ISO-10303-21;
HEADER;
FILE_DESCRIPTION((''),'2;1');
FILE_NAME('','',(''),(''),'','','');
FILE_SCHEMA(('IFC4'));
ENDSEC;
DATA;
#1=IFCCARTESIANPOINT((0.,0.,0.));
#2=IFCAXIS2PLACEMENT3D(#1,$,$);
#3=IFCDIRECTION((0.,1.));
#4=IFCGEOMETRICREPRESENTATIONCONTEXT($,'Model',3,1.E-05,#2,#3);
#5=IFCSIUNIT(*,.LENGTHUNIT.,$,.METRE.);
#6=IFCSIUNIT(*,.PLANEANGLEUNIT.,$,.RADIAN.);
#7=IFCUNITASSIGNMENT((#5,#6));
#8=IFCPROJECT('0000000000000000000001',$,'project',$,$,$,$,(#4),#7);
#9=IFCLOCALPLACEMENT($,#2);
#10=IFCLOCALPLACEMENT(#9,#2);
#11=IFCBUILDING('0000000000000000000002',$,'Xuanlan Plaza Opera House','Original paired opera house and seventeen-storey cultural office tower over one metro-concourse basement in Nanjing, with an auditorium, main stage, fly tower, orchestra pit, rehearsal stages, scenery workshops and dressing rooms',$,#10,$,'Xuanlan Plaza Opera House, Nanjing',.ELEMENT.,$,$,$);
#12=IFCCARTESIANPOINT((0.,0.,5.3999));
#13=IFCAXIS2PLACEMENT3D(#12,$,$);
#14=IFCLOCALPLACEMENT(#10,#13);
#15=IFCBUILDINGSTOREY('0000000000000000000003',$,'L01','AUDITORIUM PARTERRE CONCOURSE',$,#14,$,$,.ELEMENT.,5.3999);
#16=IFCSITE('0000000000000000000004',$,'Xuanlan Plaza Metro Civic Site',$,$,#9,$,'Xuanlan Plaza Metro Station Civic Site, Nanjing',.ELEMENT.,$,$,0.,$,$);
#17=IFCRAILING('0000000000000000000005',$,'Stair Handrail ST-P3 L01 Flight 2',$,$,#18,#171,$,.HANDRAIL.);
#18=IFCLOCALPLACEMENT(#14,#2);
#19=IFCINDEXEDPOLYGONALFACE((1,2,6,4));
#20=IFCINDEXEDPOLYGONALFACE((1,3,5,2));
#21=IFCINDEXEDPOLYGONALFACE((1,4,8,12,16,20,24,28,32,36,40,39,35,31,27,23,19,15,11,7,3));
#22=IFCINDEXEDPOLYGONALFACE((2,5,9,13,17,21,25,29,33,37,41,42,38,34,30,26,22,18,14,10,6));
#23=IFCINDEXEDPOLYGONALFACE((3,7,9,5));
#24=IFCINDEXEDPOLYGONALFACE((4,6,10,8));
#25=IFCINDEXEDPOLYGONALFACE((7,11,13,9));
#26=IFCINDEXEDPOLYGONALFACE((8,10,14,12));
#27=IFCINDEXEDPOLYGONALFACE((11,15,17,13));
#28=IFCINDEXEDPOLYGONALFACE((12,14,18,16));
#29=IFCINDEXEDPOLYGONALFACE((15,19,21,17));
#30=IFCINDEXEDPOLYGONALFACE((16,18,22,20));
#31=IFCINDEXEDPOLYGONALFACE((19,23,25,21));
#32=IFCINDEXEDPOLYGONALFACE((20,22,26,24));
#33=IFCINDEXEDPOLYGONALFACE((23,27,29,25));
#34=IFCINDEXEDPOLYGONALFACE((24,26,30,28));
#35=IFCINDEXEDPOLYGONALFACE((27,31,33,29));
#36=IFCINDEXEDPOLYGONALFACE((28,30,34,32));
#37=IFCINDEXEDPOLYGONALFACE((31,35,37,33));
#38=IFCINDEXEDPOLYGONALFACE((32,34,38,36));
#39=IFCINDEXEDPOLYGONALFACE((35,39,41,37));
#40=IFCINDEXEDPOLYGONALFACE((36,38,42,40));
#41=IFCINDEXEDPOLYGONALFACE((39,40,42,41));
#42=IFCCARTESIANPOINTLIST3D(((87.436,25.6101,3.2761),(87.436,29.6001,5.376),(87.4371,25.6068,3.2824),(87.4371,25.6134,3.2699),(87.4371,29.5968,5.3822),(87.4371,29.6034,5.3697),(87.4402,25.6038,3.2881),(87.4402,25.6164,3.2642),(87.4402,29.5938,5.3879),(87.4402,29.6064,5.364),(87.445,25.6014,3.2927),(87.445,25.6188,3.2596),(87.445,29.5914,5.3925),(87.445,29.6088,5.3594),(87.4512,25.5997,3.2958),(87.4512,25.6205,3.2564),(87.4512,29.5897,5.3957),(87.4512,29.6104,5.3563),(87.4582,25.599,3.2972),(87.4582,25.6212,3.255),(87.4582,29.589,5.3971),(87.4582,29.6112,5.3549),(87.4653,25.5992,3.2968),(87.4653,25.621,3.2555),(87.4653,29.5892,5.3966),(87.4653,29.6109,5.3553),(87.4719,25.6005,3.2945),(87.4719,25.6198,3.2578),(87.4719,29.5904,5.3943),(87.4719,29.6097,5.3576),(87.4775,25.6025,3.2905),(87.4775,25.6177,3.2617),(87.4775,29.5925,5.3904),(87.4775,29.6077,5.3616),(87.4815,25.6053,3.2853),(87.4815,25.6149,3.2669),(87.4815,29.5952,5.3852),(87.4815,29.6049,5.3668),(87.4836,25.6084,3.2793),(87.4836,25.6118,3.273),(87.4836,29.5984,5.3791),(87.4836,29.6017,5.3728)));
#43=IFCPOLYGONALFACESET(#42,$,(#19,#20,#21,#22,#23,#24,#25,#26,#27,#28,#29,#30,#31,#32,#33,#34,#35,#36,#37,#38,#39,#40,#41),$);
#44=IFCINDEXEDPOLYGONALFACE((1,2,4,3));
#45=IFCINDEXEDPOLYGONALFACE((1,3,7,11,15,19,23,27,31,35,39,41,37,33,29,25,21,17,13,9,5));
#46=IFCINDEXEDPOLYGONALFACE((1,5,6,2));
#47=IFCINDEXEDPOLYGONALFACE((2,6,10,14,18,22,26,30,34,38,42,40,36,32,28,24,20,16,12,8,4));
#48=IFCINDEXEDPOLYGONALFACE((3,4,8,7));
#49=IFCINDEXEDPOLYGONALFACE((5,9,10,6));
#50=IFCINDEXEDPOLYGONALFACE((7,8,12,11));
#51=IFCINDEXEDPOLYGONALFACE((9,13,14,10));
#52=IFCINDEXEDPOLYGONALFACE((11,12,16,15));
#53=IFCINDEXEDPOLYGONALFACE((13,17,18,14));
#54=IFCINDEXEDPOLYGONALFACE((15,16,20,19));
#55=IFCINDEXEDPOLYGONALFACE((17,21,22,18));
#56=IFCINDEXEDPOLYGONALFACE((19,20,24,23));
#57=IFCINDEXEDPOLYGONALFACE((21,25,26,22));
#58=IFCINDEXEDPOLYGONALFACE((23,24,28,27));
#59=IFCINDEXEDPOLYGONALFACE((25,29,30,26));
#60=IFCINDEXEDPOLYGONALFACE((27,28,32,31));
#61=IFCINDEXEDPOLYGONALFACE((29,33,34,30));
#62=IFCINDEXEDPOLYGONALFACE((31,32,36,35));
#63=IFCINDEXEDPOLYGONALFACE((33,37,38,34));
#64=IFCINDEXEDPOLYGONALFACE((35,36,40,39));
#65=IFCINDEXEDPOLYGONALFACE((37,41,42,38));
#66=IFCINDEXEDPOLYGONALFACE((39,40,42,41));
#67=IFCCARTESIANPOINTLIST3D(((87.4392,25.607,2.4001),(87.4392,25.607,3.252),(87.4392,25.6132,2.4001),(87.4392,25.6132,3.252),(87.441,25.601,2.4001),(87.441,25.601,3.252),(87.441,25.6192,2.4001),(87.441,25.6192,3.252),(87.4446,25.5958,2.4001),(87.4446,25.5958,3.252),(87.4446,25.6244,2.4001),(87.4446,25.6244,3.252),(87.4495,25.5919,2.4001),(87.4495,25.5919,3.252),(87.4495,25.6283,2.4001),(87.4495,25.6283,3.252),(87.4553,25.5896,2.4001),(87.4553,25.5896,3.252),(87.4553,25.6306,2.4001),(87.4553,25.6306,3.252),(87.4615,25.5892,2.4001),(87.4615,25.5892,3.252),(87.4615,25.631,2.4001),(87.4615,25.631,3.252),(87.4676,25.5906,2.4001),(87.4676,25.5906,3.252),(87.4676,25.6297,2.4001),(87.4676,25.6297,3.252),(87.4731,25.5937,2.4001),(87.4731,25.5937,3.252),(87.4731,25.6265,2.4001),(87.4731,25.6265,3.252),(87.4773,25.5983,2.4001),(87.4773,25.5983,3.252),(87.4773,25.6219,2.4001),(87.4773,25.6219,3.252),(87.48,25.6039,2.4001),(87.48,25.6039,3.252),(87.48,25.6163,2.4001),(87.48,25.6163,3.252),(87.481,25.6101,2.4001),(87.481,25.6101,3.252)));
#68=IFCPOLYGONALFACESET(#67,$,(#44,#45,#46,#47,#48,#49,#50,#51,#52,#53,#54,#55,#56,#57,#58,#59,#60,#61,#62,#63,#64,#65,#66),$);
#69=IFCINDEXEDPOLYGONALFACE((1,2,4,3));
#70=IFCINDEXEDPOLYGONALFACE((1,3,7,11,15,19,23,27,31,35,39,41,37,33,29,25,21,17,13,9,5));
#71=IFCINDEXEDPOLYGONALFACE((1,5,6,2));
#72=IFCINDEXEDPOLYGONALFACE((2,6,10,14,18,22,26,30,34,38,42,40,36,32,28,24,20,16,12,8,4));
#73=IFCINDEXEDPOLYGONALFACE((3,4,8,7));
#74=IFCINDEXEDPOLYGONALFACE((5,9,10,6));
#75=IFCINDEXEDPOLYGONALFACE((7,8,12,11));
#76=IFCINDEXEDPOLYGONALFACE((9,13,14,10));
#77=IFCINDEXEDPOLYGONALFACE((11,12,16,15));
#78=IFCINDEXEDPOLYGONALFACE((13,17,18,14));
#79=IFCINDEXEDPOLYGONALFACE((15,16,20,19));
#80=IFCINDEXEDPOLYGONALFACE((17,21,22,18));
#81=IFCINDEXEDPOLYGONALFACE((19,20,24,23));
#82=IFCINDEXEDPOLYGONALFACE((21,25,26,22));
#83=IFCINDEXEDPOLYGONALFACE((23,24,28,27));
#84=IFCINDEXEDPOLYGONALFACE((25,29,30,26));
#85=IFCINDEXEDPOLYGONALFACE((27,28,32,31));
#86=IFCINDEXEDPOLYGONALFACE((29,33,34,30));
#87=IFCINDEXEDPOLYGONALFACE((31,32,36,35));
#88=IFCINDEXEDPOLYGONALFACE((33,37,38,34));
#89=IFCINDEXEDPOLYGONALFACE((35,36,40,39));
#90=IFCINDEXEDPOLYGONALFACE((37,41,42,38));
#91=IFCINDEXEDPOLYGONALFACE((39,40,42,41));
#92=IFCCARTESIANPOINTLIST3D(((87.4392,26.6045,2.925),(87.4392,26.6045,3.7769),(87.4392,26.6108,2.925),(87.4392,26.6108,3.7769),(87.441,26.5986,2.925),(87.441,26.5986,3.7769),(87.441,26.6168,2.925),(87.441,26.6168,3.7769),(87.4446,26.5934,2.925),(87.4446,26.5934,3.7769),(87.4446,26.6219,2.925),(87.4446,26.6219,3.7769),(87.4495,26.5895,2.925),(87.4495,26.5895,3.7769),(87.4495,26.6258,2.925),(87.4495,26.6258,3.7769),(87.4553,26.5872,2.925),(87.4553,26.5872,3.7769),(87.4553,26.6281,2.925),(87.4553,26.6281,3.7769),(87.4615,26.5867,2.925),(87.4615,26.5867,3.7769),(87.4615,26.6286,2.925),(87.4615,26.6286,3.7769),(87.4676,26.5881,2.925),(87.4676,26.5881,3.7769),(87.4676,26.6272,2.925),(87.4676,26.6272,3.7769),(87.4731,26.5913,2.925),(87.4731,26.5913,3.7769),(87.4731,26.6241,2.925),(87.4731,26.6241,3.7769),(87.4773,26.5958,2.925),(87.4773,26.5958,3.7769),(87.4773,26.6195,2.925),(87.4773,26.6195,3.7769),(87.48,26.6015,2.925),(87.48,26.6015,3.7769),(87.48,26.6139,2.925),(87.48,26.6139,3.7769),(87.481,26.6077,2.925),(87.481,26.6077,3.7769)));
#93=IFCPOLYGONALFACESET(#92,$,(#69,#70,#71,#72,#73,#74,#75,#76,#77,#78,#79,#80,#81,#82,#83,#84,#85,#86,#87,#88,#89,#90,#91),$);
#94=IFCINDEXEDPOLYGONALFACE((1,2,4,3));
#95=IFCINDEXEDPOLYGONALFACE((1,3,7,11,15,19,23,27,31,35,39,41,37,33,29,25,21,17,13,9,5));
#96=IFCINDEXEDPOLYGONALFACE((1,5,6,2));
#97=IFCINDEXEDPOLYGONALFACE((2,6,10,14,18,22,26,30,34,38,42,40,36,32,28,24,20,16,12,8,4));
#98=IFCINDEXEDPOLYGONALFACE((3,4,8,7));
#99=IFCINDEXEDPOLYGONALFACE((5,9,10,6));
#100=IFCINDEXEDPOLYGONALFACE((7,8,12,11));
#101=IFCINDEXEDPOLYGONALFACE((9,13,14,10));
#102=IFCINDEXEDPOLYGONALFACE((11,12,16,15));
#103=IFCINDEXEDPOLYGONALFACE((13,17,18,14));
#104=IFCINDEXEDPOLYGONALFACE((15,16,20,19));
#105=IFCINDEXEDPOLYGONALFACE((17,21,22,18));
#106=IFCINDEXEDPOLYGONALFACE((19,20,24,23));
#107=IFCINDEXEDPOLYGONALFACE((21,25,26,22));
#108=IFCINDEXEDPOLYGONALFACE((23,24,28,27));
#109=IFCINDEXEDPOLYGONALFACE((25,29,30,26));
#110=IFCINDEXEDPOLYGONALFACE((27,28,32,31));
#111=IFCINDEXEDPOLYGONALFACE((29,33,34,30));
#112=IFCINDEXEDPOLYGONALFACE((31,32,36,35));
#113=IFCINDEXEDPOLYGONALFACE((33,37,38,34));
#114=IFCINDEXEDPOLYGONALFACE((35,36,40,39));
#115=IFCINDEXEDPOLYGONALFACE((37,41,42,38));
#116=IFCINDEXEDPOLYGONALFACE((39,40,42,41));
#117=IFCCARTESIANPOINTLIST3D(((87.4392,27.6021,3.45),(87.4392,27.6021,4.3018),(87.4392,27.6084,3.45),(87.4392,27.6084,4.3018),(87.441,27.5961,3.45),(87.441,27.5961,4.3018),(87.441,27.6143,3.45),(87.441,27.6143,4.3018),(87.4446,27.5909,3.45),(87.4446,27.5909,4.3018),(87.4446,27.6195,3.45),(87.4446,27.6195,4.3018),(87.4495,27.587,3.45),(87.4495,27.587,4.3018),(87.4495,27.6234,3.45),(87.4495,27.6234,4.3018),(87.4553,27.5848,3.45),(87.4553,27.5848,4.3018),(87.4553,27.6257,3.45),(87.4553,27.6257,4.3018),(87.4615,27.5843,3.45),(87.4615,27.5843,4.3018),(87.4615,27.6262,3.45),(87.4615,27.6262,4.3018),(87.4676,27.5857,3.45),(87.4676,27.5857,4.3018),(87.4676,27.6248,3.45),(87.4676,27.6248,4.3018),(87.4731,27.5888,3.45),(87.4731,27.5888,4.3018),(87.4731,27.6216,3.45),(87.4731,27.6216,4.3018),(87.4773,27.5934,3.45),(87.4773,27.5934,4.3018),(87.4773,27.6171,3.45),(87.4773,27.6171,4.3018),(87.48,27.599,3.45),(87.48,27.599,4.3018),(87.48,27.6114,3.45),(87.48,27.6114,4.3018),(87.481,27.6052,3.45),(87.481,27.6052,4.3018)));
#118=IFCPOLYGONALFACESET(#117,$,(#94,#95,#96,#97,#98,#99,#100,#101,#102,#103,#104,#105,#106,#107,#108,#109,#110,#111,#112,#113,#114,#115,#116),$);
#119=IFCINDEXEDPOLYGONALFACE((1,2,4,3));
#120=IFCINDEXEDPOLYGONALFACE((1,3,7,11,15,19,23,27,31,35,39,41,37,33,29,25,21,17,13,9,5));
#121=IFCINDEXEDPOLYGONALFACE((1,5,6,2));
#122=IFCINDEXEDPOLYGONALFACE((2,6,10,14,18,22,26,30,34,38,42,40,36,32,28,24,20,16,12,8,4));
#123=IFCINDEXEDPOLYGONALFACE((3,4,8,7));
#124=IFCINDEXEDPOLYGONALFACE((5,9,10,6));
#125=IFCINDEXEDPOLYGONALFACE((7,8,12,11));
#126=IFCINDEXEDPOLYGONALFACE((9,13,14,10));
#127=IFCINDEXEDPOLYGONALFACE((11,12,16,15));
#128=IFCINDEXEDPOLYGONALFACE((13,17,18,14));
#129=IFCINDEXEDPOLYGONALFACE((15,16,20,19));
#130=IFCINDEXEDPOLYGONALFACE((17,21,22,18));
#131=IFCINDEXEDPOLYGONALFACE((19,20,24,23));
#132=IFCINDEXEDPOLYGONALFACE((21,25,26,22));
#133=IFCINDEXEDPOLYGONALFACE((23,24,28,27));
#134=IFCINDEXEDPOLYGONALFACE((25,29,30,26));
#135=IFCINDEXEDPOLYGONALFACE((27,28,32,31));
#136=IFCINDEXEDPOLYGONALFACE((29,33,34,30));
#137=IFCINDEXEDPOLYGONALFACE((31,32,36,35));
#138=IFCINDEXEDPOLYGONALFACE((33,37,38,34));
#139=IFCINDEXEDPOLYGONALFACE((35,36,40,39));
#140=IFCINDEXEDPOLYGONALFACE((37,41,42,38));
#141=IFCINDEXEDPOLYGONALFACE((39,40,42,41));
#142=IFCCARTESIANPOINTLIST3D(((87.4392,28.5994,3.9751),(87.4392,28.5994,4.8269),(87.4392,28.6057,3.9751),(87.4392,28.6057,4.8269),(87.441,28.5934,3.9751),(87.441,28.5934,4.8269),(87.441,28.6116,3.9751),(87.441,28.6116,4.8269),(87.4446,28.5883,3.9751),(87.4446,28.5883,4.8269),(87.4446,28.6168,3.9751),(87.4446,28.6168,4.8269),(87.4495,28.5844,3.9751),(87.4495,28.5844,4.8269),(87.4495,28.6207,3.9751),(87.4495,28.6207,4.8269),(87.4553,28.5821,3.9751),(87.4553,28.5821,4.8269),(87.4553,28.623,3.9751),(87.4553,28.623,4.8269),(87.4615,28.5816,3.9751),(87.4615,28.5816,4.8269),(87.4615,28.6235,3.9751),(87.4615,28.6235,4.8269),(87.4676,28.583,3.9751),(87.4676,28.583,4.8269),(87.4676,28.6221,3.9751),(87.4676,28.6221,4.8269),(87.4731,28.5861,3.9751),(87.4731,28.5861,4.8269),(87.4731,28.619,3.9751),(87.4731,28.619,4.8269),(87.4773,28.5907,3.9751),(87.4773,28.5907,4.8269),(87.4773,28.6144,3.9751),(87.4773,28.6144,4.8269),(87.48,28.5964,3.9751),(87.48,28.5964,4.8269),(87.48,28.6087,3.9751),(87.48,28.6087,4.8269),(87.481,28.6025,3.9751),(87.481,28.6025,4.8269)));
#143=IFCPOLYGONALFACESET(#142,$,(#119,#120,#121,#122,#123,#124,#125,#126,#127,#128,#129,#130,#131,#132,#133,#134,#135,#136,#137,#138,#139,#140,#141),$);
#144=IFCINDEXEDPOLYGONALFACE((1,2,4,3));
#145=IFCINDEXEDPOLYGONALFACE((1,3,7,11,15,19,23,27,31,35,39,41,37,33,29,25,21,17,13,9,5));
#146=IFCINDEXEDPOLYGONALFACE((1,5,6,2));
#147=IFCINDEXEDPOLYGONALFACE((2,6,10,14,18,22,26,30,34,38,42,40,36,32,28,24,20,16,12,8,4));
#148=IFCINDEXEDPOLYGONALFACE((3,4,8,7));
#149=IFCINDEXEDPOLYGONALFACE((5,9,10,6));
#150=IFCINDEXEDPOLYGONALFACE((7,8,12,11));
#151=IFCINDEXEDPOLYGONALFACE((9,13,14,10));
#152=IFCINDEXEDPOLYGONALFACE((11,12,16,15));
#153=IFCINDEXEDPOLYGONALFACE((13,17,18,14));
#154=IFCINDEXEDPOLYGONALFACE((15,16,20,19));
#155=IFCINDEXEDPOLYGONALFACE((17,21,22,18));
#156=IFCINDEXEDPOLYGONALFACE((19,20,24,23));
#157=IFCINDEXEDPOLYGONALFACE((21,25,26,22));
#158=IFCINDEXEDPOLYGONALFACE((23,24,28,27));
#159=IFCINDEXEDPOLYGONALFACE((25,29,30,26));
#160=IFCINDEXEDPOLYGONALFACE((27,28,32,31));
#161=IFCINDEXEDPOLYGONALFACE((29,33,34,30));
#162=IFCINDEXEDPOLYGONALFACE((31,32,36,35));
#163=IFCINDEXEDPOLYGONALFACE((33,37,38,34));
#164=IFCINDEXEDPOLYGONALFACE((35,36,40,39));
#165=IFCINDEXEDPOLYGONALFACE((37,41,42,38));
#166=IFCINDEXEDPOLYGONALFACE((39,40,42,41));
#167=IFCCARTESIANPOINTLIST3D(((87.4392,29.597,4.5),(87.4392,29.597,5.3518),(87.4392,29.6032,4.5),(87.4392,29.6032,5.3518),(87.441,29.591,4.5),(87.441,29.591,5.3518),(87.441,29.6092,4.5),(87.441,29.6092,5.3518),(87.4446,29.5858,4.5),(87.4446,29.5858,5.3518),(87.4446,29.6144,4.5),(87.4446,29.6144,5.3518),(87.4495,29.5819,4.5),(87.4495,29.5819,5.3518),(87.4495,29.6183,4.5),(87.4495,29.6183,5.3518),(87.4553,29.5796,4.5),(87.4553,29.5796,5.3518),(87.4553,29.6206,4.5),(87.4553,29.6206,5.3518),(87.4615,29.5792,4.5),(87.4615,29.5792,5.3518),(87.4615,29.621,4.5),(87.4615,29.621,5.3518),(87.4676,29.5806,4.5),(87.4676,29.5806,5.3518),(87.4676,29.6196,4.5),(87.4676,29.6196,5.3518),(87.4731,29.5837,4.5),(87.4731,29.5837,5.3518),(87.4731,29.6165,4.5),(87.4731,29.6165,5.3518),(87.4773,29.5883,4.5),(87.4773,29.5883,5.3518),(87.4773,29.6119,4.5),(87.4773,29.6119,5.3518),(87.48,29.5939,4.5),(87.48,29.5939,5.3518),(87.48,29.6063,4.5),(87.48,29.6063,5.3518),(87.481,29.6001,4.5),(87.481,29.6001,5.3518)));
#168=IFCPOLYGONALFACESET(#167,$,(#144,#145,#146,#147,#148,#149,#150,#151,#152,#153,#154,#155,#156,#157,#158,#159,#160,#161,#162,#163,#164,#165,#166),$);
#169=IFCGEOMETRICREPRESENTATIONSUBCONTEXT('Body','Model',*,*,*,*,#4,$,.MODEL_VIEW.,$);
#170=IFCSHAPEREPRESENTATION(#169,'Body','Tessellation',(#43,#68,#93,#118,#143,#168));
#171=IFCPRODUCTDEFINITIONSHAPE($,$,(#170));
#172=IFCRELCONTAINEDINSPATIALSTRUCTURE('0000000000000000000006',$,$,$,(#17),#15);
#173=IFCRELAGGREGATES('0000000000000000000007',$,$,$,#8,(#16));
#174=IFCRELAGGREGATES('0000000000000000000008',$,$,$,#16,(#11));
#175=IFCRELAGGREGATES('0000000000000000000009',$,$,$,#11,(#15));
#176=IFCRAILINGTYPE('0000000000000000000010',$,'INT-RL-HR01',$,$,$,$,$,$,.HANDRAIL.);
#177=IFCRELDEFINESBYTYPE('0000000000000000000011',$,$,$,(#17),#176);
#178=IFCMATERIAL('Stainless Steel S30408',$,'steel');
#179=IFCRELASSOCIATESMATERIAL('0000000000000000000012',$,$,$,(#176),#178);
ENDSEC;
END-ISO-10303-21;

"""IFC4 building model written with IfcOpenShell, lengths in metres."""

from ifc_helpers import new_model, si_unit, direction, frame, origin, origin_2d, place, context, subcontext, project, spatial, circle, extrude, material, type_object, element, save


model = new_model("IFC4")

# Units and contexts
model_context = context("Model", 3, precision=1e-05, world=origin(), true_north=direction((0.0, 1.0)))
body_context = subcontext(model_context, "Body", "Model", "MODEL_VIEW")
ifc_project = project(units=[si_unit("LENGTHUNIT", "METRE"), si_unit("PLANEANGLEUNIT", "RADIAN")], contexts=[model_context])

# Site, building, storey
site_placement = place(None, origin())
site = spatial("IfcSite", under=ifc_project, at=site_placement, Name="Xuanlan Plaza Metro Civic Site", LongName="Xuanlan Plaza Metro Station Civic Site, Nanjing", CompositionType="ELEMENT", RefElevation=0.0)
building_placement = place(site_placement, origin())
building = spatial("IfcBuilding", under=site, at=building_placement, Name="Xuanlan Plaza Opera House", Description="Original paired opera house and seventeen-storey cultural office tower over one metro-concourse basement in Nanjing, with an auditorium, main stage, fly tower, orchestra pit, rehearsal stages, scenery workshops and dressing rooms", LongName="Xuanlan Plaza Opera House, Nanjing", CompositionType="ELEMENT")
storey_placement = place(building_placement, frame((0.0, 0.0, 5.3999)))
storey = spatial("IfcBuildingStorey", under=building, at=storey_placement, Name="L01", Description="AUDITORIUM PARTERRE CONCOURSE", CompositionType="ELEMENT", Elevation=5.3999)

# Railing
ifc_material_1 = material(Name="Stainless Steel S30408", Category="steel")
railing_type = type_object("IfcRailingType", Name="INT-RL-HR01", PredefinedType="HANDRAIL", material=ifc_material_1)
for number, where, name in (
    (1, (87.46, 25.6101, 2.4001), "Stair Handrail ST-P3 L01 Flight 2"),
):
    element("IfcRailing", number, at=place(storey_placement, frame(where)), inside=storey, type_object=railing_type, Name=name, PredefinedType="HANDRAIL", context=body_context, shape_type="SweptSolid", body=[
        extrude(circle(Radius=0.0239, at=origin_2d()), frame((0.0, 0.0, 0.876), z_axis=(0.0, 0.884931, 0.465722), x_axis=(-1.0, 0.0, 0.0)), (0.0, 0.0, 1.0), 4.5088),
        extrude(circle(Radius=0.021, at=origin_2d()), origin(), (0.0, 0.0, 1.0), 0.8518),
        extrude(circle(Radius=0.021, at=origin_2d()), frame((0.0, 0.9976, 0.5249)), (0.0, 0.0, 1.0), 0.8518),
        extrude(circle(Radius=0.021, at=origin_2d()), frame((0.0, 1.9951, 1.0498)), (0.0, 0.0, 1.0), 0.8518),
        extrude(circle(Radius=0.021, at=origin_2d()), frame((0.0, 2.9924, 1.575)), (0.0, 0.0, 1.0), 0.8518),
        extrude(circle(Radius=0.021, at=origin_2d()), frame((0.0, 3.99, 2.0999)), (0.0, 0.0, 1.0), 0.8518),
    ])

save(model, "model.ifc")
